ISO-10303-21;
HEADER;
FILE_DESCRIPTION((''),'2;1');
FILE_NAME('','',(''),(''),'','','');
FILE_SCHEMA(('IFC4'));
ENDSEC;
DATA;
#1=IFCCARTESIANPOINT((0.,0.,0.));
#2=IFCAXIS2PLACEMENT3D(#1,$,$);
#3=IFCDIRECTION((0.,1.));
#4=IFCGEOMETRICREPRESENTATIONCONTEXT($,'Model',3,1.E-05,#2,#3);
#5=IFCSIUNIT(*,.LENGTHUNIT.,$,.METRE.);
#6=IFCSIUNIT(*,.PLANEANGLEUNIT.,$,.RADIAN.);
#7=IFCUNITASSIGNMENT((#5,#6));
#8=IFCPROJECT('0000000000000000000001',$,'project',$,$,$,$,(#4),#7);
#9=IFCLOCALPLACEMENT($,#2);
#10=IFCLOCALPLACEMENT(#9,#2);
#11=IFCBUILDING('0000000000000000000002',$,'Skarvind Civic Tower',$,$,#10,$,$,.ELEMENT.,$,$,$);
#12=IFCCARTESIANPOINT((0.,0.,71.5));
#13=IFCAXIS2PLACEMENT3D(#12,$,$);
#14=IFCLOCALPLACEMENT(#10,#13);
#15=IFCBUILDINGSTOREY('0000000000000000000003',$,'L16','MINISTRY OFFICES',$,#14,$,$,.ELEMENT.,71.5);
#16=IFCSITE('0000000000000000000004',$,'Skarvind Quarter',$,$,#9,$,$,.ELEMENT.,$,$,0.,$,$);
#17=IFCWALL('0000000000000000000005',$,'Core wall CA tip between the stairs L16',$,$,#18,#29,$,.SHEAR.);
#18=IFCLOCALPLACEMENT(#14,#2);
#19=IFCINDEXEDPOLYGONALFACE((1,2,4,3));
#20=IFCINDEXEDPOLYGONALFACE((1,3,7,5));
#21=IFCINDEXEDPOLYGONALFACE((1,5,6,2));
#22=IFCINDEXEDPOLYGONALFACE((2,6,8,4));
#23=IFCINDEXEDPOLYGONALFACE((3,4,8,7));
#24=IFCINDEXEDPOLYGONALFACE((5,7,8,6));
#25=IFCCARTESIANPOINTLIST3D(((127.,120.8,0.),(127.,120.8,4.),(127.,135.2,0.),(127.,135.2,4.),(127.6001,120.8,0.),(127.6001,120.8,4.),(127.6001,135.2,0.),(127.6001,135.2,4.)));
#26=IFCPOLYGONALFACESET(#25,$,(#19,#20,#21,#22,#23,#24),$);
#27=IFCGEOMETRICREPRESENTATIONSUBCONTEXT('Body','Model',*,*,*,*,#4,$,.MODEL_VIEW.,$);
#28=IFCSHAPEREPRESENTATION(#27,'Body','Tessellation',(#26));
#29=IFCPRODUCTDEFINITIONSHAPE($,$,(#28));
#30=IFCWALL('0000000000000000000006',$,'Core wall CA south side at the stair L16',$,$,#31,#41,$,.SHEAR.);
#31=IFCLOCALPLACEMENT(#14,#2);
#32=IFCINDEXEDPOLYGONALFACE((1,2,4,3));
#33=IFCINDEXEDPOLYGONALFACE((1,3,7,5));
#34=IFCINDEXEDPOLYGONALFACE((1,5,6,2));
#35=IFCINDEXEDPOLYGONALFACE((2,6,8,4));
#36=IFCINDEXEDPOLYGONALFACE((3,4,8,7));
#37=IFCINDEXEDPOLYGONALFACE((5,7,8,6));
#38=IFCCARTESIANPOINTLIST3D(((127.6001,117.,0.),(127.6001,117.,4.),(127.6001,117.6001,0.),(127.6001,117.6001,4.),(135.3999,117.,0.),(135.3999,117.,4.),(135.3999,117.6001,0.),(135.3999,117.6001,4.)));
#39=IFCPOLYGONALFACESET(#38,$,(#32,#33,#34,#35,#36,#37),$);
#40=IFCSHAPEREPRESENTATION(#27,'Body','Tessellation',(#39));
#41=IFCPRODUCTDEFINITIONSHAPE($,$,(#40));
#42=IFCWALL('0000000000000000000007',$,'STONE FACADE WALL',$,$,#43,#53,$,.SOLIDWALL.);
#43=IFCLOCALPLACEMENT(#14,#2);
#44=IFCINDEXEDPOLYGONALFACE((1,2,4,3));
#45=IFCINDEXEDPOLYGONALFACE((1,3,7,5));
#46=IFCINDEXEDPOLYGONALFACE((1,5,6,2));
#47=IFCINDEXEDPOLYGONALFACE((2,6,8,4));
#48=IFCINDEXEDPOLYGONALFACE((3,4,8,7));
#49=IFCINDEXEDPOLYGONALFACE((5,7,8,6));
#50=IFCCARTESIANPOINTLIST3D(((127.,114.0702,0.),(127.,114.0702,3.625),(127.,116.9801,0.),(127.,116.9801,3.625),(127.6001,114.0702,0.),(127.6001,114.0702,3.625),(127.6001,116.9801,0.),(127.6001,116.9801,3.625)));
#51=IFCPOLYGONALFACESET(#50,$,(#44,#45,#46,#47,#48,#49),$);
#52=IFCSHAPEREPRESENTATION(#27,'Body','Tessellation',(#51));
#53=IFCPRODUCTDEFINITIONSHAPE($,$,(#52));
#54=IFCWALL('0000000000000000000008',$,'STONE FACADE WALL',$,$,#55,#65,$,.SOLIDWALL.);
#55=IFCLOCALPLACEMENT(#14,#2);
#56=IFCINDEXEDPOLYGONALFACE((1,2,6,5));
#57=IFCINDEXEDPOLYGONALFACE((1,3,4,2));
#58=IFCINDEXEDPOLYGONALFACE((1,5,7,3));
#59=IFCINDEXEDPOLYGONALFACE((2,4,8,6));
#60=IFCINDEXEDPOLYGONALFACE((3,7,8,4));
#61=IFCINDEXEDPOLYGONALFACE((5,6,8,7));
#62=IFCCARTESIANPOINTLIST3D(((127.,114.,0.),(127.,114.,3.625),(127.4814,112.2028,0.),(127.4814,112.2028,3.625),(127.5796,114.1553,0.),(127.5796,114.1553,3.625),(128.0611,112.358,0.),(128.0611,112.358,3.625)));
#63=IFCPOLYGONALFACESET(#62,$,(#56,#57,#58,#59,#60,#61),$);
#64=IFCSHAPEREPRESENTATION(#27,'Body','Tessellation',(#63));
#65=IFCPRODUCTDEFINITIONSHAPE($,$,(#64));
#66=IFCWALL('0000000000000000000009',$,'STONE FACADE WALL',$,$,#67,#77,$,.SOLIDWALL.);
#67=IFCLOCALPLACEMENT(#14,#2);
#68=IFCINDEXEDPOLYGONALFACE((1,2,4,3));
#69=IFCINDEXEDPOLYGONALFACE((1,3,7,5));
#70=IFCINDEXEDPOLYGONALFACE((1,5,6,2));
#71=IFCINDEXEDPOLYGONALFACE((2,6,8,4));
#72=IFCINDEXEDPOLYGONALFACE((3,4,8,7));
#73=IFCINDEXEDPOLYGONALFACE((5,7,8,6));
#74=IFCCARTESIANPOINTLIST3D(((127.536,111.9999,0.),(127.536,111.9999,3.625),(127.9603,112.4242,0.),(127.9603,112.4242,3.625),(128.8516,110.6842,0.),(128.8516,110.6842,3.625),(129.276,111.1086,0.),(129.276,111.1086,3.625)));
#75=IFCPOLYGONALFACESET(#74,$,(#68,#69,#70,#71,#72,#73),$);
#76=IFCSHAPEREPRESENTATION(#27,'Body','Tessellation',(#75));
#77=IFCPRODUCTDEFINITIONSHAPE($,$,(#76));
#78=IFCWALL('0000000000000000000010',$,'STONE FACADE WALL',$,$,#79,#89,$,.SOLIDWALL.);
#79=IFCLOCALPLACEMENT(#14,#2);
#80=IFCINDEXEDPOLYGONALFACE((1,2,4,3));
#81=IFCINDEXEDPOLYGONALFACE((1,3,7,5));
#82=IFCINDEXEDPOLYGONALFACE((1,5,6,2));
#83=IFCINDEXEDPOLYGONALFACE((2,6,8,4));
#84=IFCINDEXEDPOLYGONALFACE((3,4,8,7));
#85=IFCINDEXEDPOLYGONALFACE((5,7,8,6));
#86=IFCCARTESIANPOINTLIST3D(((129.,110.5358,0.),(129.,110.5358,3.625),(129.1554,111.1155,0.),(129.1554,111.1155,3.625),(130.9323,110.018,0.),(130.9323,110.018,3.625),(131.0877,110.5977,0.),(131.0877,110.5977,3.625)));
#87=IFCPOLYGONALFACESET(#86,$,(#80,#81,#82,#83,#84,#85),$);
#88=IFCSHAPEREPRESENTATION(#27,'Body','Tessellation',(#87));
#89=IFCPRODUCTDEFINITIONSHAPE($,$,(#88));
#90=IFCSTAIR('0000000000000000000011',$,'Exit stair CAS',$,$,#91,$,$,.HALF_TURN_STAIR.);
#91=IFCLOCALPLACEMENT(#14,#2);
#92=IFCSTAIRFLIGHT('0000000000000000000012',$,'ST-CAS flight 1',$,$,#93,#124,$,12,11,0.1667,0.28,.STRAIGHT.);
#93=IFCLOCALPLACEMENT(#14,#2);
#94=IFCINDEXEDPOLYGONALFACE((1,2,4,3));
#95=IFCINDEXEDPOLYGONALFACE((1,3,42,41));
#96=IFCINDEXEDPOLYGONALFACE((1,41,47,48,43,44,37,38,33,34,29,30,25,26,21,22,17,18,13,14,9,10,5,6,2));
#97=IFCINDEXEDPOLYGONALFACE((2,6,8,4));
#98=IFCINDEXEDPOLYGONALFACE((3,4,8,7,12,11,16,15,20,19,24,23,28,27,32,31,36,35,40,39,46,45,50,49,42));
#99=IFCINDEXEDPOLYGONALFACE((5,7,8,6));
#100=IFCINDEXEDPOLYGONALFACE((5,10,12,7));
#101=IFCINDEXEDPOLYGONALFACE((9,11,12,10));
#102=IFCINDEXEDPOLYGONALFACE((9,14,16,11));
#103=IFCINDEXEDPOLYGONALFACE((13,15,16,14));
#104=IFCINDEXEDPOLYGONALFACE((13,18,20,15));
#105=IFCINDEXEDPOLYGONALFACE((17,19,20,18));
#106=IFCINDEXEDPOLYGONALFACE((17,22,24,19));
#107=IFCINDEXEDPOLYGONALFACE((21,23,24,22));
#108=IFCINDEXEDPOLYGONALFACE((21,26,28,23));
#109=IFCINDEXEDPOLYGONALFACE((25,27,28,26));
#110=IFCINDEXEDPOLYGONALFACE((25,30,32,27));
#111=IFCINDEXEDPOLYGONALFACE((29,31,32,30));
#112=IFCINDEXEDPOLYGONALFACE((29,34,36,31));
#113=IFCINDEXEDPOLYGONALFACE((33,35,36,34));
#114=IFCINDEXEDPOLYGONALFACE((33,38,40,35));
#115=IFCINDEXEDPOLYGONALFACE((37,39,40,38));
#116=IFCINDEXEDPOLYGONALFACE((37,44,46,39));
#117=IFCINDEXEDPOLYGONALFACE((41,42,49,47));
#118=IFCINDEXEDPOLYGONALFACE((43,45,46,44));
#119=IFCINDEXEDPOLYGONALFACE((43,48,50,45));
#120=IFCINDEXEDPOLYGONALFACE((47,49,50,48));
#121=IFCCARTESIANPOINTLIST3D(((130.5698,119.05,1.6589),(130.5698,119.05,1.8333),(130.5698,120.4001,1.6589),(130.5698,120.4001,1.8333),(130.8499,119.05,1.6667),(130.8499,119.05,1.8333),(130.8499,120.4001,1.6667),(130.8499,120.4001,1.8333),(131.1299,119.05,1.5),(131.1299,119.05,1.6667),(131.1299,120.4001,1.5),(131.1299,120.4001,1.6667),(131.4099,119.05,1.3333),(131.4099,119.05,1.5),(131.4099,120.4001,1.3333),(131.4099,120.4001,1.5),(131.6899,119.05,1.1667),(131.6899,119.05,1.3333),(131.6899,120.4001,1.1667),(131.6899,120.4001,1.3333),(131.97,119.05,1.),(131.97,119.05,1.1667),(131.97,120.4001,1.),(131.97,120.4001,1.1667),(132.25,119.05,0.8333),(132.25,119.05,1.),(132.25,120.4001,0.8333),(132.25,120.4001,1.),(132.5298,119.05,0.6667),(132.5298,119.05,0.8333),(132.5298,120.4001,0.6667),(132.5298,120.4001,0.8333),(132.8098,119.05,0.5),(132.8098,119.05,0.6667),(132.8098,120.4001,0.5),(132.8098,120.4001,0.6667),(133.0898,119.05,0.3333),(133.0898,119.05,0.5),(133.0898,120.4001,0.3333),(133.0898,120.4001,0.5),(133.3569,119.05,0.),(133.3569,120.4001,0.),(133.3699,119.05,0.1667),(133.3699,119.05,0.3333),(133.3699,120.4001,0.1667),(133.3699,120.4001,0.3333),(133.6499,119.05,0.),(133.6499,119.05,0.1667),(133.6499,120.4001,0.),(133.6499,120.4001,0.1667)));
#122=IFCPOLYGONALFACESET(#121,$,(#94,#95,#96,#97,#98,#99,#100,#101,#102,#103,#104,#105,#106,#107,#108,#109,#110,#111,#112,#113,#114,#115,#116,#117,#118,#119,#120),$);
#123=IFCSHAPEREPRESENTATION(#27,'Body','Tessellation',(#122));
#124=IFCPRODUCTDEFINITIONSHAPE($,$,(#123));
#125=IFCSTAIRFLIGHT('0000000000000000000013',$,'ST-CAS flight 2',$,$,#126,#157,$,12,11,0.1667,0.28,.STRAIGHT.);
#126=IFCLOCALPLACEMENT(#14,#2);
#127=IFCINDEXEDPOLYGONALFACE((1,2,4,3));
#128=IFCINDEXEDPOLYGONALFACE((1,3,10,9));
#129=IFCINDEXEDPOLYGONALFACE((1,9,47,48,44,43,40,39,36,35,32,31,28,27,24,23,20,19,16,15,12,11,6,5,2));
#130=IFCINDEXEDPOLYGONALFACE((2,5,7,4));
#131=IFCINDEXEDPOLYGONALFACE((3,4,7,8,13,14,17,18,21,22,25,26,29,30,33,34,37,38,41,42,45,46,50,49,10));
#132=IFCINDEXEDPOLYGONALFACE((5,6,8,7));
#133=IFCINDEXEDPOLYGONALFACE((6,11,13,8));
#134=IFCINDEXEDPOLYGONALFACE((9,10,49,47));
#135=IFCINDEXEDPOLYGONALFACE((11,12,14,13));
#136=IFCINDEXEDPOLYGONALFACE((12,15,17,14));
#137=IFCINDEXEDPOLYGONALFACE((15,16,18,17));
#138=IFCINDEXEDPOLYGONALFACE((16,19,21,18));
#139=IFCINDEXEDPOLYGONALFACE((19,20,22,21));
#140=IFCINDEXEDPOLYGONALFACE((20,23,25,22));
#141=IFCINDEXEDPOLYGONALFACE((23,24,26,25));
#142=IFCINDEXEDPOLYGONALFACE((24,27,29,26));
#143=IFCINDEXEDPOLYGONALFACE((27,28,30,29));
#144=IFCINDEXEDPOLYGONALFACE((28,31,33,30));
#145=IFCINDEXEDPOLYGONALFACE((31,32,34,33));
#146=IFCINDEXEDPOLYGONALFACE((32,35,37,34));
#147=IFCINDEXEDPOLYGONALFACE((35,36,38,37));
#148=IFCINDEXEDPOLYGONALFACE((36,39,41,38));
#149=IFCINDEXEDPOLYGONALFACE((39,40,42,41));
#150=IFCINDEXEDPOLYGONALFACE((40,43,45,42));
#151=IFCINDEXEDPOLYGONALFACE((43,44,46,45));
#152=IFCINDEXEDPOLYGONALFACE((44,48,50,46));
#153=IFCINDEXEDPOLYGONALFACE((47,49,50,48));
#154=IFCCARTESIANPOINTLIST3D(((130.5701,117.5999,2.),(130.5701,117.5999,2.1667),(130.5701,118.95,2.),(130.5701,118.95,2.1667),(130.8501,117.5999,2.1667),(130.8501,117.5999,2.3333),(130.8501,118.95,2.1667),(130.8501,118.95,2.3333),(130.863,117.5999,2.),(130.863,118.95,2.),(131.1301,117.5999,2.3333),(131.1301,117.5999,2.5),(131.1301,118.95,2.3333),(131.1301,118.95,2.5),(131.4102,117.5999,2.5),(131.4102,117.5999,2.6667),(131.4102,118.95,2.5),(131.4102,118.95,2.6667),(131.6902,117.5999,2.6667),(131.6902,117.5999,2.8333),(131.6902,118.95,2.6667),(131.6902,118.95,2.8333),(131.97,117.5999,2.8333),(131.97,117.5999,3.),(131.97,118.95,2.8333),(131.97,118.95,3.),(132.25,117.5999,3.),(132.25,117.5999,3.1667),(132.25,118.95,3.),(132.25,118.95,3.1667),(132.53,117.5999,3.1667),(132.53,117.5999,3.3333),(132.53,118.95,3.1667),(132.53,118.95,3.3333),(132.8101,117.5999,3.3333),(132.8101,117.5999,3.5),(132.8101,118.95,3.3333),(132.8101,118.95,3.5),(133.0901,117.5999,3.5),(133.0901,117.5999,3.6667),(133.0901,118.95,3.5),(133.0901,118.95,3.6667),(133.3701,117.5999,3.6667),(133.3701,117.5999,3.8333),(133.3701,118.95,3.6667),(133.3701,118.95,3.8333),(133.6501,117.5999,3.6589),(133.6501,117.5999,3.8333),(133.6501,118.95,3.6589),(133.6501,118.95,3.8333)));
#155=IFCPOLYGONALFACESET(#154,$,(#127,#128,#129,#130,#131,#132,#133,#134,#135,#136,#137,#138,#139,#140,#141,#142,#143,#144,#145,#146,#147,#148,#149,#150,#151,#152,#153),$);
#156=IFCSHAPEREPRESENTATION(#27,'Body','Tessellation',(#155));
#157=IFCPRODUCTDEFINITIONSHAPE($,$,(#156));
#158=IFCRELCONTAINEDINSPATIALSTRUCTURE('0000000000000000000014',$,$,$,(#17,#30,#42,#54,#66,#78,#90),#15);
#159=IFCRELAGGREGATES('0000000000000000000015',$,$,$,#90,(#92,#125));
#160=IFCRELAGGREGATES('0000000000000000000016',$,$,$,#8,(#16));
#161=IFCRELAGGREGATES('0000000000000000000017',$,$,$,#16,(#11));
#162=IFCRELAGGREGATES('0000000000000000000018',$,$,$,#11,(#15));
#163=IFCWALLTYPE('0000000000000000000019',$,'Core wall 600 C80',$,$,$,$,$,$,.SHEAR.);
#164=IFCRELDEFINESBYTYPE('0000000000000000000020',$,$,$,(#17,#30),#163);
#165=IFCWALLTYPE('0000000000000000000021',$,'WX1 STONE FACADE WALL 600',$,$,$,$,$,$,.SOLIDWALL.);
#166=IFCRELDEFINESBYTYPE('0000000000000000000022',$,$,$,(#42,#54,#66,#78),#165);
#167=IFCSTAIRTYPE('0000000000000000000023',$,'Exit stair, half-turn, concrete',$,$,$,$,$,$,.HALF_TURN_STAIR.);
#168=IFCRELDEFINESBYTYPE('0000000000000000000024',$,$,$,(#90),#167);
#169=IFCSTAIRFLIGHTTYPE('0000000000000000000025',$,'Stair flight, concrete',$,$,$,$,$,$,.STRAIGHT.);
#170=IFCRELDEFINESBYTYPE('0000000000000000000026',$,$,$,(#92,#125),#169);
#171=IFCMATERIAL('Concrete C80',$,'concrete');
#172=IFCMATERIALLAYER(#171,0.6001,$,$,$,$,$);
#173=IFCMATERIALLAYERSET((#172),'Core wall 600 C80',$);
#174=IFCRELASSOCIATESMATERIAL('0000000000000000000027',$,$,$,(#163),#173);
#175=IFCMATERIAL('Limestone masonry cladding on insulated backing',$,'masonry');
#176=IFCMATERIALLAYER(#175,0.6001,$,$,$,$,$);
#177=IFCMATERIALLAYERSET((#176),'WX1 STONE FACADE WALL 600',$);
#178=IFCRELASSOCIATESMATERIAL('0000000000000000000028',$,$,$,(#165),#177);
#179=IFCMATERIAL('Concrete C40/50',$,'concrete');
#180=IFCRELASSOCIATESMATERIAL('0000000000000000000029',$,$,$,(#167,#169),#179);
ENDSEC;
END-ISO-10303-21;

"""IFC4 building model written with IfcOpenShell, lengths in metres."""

from ifc_helpers import new_model, si_unit, direction, frame, frame_2d, origin, place, context, subcontext, project, spatial, polyline, rectangle, outline, extrude, material, layer, layer_set, type_object, element, aggregate, save


model = new_model("IFC4")

# Units and contexts
model_context = context("Model", 3, precision=1e-05, world=origin(), true_north=direction((0.0, 1.0)))
body_context = subcontext(model_context, "Body", "Model", "MODEL_VIEW")
ifc_project = project(units=[si_unit("LENGTHUNIT", "METRE"), si_unit("PLANEANGLEUNIT", "RADIAN")], contexts=[model_context])

# Site, building, storey
site_placement = place(None, origin())
site = spatial("IfcSite", under=ifc_project, at=site_placement, Name="Skarvind Quarter", CompositionType="ELEMENT", RefElevation=0.0)
building_placement = place(site_placement, origin())
building = spatial("IfcBuilding", under=site, at=building_placement, Name="Skarvind Civic Tower", CompositionType="ELEMENT")
storey_placement = place(building_placement, frame((0.0, 0.0, 71.5)))
storey = spatial("IfcBuildingStorey", under=building, at=storey_placement, Name="L16", Description="MINISTRY OFFICES", CompositionType="ELEMENT", Elevation=71.5)

# Shared definitions
ifc_material_1 = material(Name="Concrete C80", Category="concrete")

# Walls
ifc_layer_1 = layer(ifc_material_1, 0.6001)
ifc_layer_set_1 = layer_set([ifc_layer_1], Name="Core wall 600 C80")
wall_type_1 = type_object("IfcWallType", Name="Core wall 600 C80", PredefinedType="SHEAR", material=ifc_layer_set_1)
wall_1_placement = place(storey_placement, frame((127.3, 120.8, 0.0), z_axis=(0.0, 0.0, 1.0), x_axis=(0.0, 1.0, 0.0)))
element("IfcWall", 1, at=wall_1_placement, inside=storey, type_object=wall_type_1, Name="Core wall CA tip between the stairs L16", PredefinedType="SHEAR", context=body_context, shape_type="SweptSolid", body=[
    extrude(rectangle(XDim=14.3999, YDim=0.6001, at=frame_2d((7.2, 0.0))), origin(), (0.0, 0.0, 1.0), 4.0),
])
wall_2_placement = place(storey_placement, frame((127.6001, 117.3, 0.0), z_axis=(0.0, 0.0, 1.0), x_axis=(1.0, 0.0, 0.0)))
element("IfcWall", 2, at=wall_2_placement, inside=storey, type_object=wall_type_1, Name="Core wall CA south side at the stair L16", PredefinedType="SHEAR", context=body_context, shape_type="SweptSolid", body=[
    extrude(rectangle(XDim=7.7998, YDim=0.6001, at=frame_2d((3.8999, 0.0))), origin(), (0.0, 0.0, 1.0), 4.0),
])
ifc_material_2 = material(Name="Limestone masonry cladding on insulated backing", Category="masonry")
ifc_layer_2 = layer(ifc_material_2, 0.6001)
ifc_layer_set_2 = layer_set([ifc_layer_2], Name="WX1 STONE FACADE WALL 600")
wall_type_2 = type_object("IfcWallType", Name="WX1 STONE FACADE WALL 600", PredefinedType="SOLIDWALL", material=ifc_layer_set_2)
wall_3_placement = place(storey_placement, frame((127.3, 114.0701, 0.0), z_axis=(0.0, 0.0, 1.0), x_axis=(0.0, 1.0, 0.0)))
element("IfcWall", 3, at=wall_3_placement, inside=storey, type_object=wall_type_2, Name="STONE FACADE WALL", PredefinedType="SOLIDWALL", context=body_context, shape_type="SweptSolid", body=[
    extrude(rectangle(XDim=2.9099, YDim=0.6001, at=frame_2d((1.4551, 0.0))), origin(), (0.0, 0.0, 1.0), 3.625),
])
for number, where, z_axis, x_axis, name in (
    (4, (127.7712, 112.2805, 0.0), (0.0, 0.0, 1.0), (-0.258773, 0.965938, 0.0), "STONE FACADE WALL"),
    (5, (129.0637, 110.8965, 0.0), (0.0, 0.0, 1.0), (-0.707107, 0.707107, 0.0), "STONE FACADE WALL"),
):
    element("IfcWall", number, at=place(storey_placement, frame(where, z_axis=z_axis, x_axis=x_axis)), inside=storey, type_object=wall_type_2, Name=name, PredefinedType="SOLIDWALL", context=body_context, shape_type="SweptSolid", body=[
        extrude(rectangle(XDim=1.8606, YDim=0.6001, at=frame_2d((0.9302, 0.0))), origin(), (0.0, 0.0, 1.0), 3.625),
    ])
wall_4_placement = place(storey_placement, frame((131.01, 110.3079, 0.0), z_axis=(0.0, 0.0, 1.0), x_axis=(-0.96592, 0.25884, 0.0)))
element("IfcWall", 6, at=wall_4_placement, inside=storey, type_object=wall_type_2, Name="STONE FACADE WALL", PredefinedType="SOLIDWALL", context=body_context, shape_type="SweptSolid", body=[
    extrude(rectangle(XDim=2.0005, YDim=0.6001, at=frame_2d((1.0002, 0.0))), origin(), (0.0, 0.0, 1.0), 3.625),
])

# Stair, stair flights
ifc_material_3 = material(Name="Concrete C40/50", Category="concrete")
stair_type = type_object("IfcStairType", Name="Exit stair, half-turn, concrete", PredefinedType="HALF_TURN_STAIR", material=ifc_material_3)
stair_placement = place(storey_placement, origin())
stair = element("IfcStair", 7, at=stair_placement, inside=storey, type_object=stair_type, Name="Exit stair CAS", PredefinedType="HALF_TURN_STAIR")
stair_flight_type = type_object("IfcStairFlightType", Name="Stair flight, concrete", PredefinedType="STRAIGHT", material=ifc_material_3)
stair_flight_1_placement = place(storey_placement, frame((133.6499, 119.7251, 0.0), z_axis=(0.0, 0.0, 1.0), x_axis=(-1.0, 0.0, 0.0)))
stair_flight_1 = element("IfcStairFlight", 8, at=stair_flight_1_placement, type_object=stair_flight_type, Name="ST-CAS flight 1", NumberOfRisers=12, NumberOfTreads=11, PredefinedType="STRAIGHT", RiserHeight=0.1667, TreadLength=0.28, context=body_context, shape_type="SweptSolid", body=[
    extrude(outline(polyline([(0.0, 0.0), (0.0, 0.1667), (0.28, 0.1667), (0.28, 0.3333), (0.5601, 0.3333), (0.5601, 0.5), (0.8401, 0.5), (0.8401, 0.6667), (1.1201, 0.6667), (1.1201, 0.8333), (1.3999, 0.8333), (1.3999, 1.0), (1.6799, 1.0), (1.6799, 1.1667), (1.96, 1.1667), (1.96, 1.3333), (2.24, 1.3333), (2.24, 1.5), (2.52, 1.5), (2.52, 1.6667), (2.8, 1.6667), (2.8, 1.8333), (3.0801, 1.8333), (3.0801, 2.0), (3.0801, 1.6589), (0.293, 0.0), (0.0, 0.0)])), frame((0.0, 0.675, 0.0), z_axis=(0.0, -1.0, 0.0), x_axis=(1.0, 0.0, 0.0)), (0.0, 0.0, 1.0), 1.3501),
])
stair_flight_2_placement = place(storey_placement, frame((130.5701, 118.2749, 2.0), z_axis=(0.0, 0.0, 1.0), x_axis=(1.0, 0.0, 0.0)))
stair_flight_2 = element("IfcStairFlight", 9, at=stair_flight_2_placement, type_object=stair_flight_type, Name="ST-CAS flight 2", NumberOfRisers=12, NumberOfTreads=11, PredefinedType="STRAIGHT", RiserHeight=0.1667, TreadLength=0.28, context=body_context, shape_type="SweptSolid", body=[
    extrude(outline(polyline([(0.0, 0.0), (0.0, 0.1667), (0.28, 0.1667), (0.28, 0.3333), (0.5601, 0.3333), (0.5601, 0.5), (0.8401, 0.5), (0.8401, 0.6667), (1.1201, 0.6667), (1.1201, 0.8333), (1.3999, 0.8333), (1.3999, 1.0), (1.6799, 1.0), (1.6799, 1.1667), (1.96, 1.1667), (1.96, 1.3333), (2.24, 1.3333), (2.24, 1.5), (2.52, 1.5), (2.52, 1.6667), (2.8, 1.6667), (2.8, 1.8333), (3.0801, 1.8333), (3.0801, 2.0), (3.0801, 1.6589), (0.293, 0.0), (0.0, 0.0)])), frame((0.0, 0.675, 0.0), z_axis=(0.0, -1.0, 0.0), x_axis=(1.0, 0.0, 0.0)), (0.0, 0.0, 1.0), 1.3501),
])
aggregate(stair, [stair_flight_1, stair_flight_2])

save(model, "model.ifc")
